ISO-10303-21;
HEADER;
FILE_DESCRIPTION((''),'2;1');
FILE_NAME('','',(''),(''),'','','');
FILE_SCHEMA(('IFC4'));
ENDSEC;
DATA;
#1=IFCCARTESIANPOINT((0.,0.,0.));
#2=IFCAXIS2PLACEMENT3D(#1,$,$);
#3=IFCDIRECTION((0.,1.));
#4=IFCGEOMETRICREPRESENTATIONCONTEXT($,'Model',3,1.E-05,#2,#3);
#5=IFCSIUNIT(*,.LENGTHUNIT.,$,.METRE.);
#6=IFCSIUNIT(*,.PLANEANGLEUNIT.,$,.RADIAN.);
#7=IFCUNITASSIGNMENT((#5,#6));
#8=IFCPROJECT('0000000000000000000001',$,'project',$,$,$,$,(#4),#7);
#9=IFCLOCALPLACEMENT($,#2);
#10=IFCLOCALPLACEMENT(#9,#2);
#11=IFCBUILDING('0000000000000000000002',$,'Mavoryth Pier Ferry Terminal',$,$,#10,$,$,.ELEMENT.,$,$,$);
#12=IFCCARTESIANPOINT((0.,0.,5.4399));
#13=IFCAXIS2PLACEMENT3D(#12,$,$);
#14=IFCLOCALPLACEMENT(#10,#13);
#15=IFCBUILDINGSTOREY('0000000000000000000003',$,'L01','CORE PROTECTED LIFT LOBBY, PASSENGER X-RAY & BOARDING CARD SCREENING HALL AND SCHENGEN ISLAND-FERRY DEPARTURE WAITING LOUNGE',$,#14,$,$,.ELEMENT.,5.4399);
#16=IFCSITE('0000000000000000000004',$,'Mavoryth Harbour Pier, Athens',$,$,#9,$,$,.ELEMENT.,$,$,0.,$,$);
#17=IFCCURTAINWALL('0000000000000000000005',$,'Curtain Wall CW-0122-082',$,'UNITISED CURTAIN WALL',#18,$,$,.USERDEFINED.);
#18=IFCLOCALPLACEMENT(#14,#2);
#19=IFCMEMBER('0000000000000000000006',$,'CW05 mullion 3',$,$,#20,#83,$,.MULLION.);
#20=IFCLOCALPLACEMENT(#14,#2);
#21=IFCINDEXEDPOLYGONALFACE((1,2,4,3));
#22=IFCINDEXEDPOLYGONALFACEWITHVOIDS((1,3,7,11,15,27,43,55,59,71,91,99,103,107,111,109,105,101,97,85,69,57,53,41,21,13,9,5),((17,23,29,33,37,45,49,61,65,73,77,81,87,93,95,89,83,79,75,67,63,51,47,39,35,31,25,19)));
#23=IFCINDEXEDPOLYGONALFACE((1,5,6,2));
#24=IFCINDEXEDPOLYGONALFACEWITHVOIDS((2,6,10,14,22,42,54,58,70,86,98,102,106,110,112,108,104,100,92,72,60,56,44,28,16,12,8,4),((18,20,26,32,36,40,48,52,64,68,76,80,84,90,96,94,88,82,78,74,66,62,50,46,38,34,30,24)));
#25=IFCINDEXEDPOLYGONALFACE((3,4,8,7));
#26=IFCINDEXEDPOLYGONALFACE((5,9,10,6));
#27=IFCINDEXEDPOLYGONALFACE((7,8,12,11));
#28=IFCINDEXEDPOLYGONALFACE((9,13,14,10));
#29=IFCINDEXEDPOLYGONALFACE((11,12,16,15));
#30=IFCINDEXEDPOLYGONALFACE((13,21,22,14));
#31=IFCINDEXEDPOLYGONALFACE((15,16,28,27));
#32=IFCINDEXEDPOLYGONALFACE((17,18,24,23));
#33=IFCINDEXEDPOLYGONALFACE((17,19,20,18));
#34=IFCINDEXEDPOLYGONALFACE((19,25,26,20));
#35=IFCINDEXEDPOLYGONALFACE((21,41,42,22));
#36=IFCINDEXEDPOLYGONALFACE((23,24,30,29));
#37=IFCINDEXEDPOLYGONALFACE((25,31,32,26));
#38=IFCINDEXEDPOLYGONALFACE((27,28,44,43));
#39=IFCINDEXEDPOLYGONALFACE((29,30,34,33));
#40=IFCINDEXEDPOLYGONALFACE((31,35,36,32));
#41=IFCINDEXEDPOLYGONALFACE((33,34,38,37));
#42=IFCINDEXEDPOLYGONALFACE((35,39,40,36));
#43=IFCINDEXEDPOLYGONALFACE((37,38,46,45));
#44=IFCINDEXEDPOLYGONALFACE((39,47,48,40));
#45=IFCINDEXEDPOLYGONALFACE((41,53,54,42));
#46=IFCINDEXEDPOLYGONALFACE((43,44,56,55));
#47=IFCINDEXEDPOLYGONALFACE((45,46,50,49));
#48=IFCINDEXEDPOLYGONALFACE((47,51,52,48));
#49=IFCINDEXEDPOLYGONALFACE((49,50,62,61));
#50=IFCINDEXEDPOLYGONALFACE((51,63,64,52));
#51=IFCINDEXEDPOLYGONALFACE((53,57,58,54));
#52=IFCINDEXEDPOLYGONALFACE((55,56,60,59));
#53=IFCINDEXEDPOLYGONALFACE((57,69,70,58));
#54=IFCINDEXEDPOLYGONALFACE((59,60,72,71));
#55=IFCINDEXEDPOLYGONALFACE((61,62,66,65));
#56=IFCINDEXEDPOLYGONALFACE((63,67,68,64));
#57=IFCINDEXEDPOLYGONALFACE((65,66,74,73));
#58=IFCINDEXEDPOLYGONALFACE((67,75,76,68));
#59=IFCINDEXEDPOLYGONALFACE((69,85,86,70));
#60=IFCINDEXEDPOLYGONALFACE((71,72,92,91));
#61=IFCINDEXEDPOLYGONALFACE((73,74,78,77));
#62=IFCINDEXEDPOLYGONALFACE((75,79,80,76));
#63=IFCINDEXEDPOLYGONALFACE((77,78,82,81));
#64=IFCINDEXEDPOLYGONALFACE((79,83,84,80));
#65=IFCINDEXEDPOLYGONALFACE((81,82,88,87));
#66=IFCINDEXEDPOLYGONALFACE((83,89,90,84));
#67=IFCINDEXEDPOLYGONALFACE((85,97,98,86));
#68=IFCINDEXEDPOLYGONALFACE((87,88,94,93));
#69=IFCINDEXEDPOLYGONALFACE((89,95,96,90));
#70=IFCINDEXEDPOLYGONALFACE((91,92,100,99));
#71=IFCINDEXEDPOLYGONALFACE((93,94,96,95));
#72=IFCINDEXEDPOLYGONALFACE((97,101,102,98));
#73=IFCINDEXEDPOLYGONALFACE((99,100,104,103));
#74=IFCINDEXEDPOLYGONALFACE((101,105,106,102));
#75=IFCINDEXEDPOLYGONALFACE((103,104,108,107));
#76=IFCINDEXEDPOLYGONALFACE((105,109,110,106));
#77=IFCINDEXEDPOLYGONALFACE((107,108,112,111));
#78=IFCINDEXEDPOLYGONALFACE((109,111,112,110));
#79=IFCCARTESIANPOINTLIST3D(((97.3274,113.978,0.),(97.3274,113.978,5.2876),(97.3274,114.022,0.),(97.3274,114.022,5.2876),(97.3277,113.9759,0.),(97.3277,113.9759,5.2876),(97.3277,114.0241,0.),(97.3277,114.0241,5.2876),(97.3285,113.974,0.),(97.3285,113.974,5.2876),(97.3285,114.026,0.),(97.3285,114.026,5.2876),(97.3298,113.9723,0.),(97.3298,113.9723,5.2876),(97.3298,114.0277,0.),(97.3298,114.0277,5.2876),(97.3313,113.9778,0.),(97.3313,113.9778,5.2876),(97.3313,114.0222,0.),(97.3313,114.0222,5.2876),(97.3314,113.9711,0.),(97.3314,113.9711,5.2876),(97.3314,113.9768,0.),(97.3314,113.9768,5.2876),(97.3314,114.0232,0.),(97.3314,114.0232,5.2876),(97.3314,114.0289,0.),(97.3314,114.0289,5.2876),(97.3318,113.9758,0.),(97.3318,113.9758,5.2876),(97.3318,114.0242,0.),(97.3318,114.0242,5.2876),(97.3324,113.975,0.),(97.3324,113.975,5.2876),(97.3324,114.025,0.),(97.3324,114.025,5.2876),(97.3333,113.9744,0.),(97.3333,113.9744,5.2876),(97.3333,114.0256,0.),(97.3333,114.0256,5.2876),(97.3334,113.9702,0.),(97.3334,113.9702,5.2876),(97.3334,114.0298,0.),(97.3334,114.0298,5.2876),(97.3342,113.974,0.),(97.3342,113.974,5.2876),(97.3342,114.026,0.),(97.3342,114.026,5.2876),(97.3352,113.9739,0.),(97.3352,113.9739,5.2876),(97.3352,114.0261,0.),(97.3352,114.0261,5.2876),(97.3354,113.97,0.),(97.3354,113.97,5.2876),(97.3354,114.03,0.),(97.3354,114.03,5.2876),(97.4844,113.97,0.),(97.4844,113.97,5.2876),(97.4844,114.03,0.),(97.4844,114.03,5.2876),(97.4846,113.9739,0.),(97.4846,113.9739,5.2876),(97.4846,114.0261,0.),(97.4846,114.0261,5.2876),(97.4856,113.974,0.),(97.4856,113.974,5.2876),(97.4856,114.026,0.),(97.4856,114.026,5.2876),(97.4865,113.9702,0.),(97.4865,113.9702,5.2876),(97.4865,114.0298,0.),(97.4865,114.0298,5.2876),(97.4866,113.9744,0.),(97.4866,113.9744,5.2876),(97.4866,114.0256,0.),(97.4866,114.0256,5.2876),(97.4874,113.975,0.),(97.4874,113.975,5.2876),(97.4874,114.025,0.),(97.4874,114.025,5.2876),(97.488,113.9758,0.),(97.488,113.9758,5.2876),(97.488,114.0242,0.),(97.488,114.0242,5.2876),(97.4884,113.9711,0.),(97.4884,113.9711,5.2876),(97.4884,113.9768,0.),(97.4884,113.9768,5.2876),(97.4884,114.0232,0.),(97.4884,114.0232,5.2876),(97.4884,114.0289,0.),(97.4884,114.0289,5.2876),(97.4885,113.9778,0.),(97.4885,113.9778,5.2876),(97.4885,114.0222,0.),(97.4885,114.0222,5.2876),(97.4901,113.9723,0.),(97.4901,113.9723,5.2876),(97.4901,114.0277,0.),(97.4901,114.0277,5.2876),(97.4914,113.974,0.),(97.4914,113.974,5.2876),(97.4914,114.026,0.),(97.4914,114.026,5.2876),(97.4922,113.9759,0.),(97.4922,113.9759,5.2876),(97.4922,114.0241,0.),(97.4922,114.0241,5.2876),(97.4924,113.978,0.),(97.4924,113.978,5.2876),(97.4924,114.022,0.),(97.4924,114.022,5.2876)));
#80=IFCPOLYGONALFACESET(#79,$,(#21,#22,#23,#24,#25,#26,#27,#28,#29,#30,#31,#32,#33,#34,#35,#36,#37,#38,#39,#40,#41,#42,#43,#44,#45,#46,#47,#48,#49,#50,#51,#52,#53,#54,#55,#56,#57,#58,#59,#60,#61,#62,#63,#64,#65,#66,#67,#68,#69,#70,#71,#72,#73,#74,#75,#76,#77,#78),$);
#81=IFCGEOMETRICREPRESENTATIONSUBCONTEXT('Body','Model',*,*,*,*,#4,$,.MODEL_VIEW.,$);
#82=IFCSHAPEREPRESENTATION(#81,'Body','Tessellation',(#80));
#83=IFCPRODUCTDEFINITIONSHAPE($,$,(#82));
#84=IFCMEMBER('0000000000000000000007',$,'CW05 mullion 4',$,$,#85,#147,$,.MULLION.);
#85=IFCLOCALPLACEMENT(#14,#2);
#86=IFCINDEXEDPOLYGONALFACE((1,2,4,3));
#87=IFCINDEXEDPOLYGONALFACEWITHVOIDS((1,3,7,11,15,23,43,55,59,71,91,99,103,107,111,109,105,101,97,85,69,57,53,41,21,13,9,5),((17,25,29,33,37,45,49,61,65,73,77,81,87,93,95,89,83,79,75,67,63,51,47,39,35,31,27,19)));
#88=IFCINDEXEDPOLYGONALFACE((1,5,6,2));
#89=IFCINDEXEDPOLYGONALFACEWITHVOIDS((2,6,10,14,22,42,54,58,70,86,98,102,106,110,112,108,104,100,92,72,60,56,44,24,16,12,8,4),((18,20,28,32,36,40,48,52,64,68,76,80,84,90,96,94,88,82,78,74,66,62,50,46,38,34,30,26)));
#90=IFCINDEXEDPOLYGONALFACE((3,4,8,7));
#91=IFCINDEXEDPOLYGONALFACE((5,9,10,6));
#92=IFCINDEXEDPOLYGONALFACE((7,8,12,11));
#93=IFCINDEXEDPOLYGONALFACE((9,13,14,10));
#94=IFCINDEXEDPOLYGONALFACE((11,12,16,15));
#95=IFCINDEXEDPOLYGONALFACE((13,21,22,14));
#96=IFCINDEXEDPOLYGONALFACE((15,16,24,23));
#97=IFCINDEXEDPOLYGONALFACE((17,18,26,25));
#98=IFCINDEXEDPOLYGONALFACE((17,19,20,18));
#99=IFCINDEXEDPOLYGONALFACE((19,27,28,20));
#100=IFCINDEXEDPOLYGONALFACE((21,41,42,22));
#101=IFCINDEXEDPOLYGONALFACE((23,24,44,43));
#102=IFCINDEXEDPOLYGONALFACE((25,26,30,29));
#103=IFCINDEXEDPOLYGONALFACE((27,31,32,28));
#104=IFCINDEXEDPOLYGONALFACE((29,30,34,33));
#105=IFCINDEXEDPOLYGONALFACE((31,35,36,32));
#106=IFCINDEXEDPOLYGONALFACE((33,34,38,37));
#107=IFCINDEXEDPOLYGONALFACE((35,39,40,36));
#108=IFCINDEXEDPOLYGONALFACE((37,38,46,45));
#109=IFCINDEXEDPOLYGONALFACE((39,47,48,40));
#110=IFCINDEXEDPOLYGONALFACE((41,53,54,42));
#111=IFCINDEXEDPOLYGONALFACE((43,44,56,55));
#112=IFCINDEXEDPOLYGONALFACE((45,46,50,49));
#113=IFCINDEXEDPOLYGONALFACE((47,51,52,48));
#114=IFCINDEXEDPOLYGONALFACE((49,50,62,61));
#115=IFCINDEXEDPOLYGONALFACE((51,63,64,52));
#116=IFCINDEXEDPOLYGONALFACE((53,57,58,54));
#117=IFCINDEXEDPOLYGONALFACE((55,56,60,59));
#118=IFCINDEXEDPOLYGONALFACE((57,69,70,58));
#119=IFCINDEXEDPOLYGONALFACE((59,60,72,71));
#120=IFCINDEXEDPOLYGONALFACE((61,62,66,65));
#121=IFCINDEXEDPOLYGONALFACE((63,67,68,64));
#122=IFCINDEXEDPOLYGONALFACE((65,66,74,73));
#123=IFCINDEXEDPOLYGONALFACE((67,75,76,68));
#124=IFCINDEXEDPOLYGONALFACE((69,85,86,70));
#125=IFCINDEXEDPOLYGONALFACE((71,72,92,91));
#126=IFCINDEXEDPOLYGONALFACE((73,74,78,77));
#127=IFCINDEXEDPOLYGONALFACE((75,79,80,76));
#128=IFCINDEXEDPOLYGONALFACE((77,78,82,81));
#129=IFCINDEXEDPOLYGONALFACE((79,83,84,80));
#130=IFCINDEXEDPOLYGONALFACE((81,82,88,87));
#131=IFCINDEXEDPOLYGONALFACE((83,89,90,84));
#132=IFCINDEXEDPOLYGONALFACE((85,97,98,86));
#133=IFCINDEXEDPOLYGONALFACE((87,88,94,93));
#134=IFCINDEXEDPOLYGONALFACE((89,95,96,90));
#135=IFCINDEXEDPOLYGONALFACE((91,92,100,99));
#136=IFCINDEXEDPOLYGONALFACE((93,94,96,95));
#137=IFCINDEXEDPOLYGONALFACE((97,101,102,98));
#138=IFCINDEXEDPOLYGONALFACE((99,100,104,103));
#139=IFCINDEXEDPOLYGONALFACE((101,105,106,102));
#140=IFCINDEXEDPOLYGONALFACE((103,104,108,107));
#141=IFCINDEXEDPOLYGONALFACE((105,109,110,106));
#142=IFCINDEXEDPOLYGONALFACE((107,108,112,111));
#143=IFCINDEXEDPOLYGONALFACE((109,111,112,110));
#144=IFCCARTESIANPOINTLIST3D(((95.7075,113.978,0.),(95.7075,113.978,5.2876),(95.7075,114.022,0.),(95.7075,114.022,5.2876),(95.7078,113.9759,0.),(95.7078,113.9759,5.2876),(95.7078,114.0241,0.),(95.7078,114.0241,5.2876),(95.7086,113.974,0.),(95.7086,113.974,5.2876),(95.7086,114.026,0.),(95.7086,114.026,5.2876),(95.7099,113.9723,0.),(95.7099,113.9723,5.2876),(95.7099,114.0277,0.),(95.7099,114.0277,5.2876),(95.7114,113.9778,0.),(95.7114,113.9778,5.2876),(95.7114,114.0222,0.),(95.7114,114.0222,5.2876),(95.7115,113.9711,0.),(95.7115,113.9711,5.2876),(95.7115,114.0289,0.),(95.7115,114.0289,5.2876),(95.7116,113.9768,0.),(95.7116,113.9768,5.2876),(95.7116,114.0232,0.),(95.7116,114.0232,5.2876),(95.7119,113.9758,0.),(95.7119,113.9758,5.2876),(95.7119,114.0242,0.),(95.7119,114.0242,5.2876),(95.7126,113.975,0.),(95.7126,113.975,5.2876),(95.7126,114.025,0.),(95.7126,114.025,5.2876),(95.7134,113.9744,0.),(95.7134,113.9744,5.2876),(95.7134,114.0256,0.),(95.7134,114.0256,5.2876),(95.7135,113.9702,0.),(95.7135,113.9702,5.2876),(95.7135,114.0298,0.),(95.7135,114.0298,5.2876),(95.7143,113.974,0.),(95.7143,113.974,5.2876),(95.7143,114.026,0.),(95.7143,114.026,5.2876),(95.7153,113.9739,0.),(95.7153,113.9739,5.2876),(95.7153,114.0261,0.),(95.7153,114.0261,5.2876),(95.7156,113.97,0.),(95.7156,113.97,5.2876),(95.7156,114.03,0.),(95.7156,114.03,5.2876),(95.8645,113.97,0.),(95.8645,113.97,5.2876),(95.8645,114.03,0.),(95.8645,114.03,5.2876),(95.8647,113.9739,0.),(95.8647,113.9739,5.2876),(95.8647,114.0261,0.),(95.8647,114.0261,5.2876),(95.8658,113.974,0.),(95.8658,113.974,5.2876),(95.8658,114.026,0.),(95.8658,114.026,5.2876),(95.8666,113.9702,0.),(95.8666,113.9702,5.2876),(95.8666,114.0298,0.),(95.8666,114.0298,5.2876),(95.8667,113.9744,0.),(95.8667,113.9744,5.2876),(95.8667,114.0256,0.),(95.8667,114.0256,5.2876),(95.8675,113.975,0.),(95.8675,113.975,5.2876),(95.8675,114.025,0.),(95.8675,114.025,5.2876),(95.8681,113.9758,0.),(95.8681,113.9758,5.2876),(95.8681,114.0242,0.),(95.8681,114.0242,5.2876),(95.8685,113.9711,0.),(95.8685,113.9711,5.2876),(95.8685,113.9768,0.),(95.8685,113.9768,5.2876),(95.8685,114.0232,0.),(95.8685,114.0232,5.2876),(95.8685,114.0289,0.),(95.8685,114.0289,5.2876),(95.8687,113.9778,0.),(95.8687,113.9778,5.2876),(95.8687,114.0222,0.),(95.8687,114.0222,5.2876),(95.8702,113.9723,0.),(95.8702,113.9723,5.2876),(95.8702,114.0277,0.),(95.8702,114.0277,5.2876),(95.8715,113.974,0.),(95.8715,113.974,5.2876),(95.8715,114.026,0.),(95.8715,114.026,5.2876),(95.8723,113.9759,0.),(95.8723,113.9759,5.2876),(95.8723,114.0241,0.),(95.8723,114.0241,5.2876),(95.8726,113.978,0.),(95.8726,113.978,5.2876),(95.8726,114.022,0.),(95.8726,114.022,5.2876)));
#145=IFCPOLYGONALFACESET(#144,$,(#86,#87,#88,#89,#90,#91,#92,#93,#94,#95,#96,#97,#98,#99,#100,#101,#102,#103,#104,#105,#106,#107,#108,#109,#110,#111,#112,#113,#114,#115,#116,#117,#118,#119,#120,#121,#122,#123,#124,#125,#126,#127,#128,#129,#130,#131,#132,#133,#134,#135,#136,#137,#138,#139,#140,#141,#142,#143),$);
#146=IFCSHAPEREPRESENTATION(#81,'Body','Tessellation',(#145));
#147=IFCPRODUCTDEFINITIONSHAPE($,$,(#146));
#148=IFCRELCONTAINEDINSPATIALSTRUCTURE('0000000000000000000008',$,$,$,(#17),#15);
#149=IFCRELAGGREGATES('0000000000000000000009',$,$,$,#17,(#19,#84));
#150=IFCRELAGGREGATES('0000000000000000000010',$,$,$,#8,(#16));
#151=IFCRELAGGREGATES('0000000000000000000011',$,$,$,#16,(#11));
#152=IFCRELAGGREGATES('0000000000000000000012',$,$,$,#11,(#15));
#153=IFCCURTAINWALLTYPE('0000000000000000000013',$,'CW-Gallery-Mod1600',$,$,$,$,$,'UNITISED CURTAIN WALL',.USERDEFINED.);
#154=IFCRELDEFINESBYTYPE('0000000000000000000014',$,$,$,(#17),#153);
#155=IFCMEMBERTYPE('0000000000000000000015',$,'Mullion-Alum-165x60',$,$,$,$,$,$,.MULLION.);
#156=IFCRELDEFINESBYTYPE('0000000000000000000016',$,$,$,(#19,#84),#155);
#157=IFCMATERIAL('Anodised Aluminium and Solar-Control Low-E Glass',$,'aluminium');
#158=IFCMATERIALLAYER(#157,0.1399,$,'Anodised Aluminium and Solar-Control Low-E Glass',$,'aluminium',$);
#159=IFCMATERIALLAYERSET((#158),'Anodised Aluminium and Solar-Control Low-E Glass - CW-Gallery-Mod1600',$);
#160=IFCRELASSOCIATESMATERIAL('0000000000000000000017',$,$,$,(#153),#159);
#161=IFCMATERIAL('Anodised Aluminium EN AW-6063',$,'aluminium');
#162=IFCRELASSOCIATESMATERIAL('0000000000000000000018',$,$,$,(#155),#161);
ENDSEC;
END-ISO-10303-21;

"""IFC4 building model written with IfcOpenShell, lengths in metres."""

from ifc_helpers import new_model, si_unit, direction, frame, origin, origin_2d, place, context, subcontext, project, spatial, hollow_rectangle, extrude, material, layer, layer_set, material_profile, profile_set, type_object, element, aggregate, save


model = new_model("IFC4")

# Units and contexts
model_context = context("Model", 3, precision=1e-05, world=origin(), true_north=direction((0.0, 1.0)))
body_context = subcontext(model_context, "Body", "Model", "MODEL_VIEW")
ifc_project = project(units=[si_unit("LENGTHUNIT", "METRE"), si_unit("PLANEANGLEUNIT", "RADIAN")], contexts=[model_context])

# Site, building, storey
site_placement = place(None, origin())
site = spatial("IfcSite", under=ifc_project, at=site_placement, Name="Mavoryth Harbour Pier, Athens", CompositionType="ELEMENT", RefElevation=0.0)
building_placement = place(site_placement, origin())
building = spatial("IfcBuilding", under=site, at=building_placement, Name="Mavoryth Pier Ferry Terminal", CompositionType="ELEMENT")
storey_placement = place(building_placement, frame((0.0, 0.0, 5.4399)))
storey = spatial("IfcBuildingStorey", under=building, at=storey_placement, Name="L01", Description="CORE PROTECTED LIFT LOBBY, PASSENGER X-RAY & BOARDING CARD SCREENING HALL AND SCHENGEN ISLAND-FERRY DEPARTURE WAITING LOUNGE", CompositionType="ELEMENT", Elevation=5.4399)

# Curtain wall, members
ifc_material_1 = material(Name="Anodised Aluminium and Solar-Control Low-E Glass", Category="aluminium")
ifc_layer_1 = layer(ifc_material_1, 0.1399, Name="Anodised Aluminium and Solar-Control Low-E Glass", Category="aluminium")
ifc_layer_set_1 = layer_set([ifc_layer_1], Name="Anodised Aluminium and Solar-Control Low-E Glass - CW-Gallery-Mod1600")
curtain_wall_type = type_object("IfcCurtainWallType", Name="CW-Gallery-Mod1600", ElementType="UNITISED CURTAIN WALL", PredefinedType="USERDEFINED", material=ifc_layer_set_1)
curtain_wall_placement = place(storey_placement, origin())
curtain_wall = element("IfcCurtainWall", 1, at=curtain_wall_placement, inside=storey, type_object=curtain_wall_type, Name="Curtain Wall CW-0122-082", ObjectType="UNITISED CURTAIN WALL", PredefinedType="USERDEFINED")
ifc_material_2 = material(Name="Anodised Aluminium EN AW-6063", Category="aluminium")
ifc_material_profile_1 = material_profile(ifc_material_2, hollow_rectangle(XDim=0.0601, YDim=0.165, WallThickness=0.0039, InnerFilletRadius=0.0039, OuterFilletRadius=0.0081, at=origin_2d()), Name="AL-MULL 165x60x4", Category="aluminium")
ifc_profile_set_1 = profile_set([ifc_material_profile_1], Name="Anodised Aluminium EN AW-6063 - AL-MULL 165x60x4")
member_type_1 = type_object("IfcMemberType", Name="Mullion-Alum-165x60", PredefinedType="MULLION", material=ifc_profile_set_1)
member_1_placement = place(storey_placement, frame((97.4099, 114.0, 0.0), z_axis=(0.0, 0.0, 1.0), x_axis=(0.0, -1.0, 0.0)))
member_1 = element("IfcMember", 2, at=member_1_placement, type_object=member_type_1, Name="CW05 mullion 3", PredefinedType="MULLION", context=body_context, shape_type="SweptSolid", body=[
    extrude(hollow_rectangle(XDim=0.0601, YDim=0.165, WallThickness=0.0039, InnerFilletRadius=0.0039, OuterFilletRadius=0.0081, at=origin_2d()), origin(), (0.0, 0.0, 1.0), 5.2876),
])
member_2_placement = place(storey_placement, frame((95.79, 114.0, 0.0), z_axis=(0.0, 0.0, 1.0), x_axis=(0.0, -1.0, 0.0)))
member_2 = element("IfcMember", 3, at=member_2_placement, type_object=member_type_1, Name="CW05 mullion 4", PredefinedType="MULLION", context=body_context, shape_type="SweptSolid", body=[
    extrude(hollow_rectangle(XDim=0.0601, YDim=0.165, WallThickness=0.0039, InnerFilletRadius=0.0039, OuterFilletRadius=0.0081, at=origin_2d()), origin(), (0.0, 0.0, 1.0), 5.2876),
])
aggregate(curtain_wall, [member_1, member_2])

save(model, "model.ifc")
